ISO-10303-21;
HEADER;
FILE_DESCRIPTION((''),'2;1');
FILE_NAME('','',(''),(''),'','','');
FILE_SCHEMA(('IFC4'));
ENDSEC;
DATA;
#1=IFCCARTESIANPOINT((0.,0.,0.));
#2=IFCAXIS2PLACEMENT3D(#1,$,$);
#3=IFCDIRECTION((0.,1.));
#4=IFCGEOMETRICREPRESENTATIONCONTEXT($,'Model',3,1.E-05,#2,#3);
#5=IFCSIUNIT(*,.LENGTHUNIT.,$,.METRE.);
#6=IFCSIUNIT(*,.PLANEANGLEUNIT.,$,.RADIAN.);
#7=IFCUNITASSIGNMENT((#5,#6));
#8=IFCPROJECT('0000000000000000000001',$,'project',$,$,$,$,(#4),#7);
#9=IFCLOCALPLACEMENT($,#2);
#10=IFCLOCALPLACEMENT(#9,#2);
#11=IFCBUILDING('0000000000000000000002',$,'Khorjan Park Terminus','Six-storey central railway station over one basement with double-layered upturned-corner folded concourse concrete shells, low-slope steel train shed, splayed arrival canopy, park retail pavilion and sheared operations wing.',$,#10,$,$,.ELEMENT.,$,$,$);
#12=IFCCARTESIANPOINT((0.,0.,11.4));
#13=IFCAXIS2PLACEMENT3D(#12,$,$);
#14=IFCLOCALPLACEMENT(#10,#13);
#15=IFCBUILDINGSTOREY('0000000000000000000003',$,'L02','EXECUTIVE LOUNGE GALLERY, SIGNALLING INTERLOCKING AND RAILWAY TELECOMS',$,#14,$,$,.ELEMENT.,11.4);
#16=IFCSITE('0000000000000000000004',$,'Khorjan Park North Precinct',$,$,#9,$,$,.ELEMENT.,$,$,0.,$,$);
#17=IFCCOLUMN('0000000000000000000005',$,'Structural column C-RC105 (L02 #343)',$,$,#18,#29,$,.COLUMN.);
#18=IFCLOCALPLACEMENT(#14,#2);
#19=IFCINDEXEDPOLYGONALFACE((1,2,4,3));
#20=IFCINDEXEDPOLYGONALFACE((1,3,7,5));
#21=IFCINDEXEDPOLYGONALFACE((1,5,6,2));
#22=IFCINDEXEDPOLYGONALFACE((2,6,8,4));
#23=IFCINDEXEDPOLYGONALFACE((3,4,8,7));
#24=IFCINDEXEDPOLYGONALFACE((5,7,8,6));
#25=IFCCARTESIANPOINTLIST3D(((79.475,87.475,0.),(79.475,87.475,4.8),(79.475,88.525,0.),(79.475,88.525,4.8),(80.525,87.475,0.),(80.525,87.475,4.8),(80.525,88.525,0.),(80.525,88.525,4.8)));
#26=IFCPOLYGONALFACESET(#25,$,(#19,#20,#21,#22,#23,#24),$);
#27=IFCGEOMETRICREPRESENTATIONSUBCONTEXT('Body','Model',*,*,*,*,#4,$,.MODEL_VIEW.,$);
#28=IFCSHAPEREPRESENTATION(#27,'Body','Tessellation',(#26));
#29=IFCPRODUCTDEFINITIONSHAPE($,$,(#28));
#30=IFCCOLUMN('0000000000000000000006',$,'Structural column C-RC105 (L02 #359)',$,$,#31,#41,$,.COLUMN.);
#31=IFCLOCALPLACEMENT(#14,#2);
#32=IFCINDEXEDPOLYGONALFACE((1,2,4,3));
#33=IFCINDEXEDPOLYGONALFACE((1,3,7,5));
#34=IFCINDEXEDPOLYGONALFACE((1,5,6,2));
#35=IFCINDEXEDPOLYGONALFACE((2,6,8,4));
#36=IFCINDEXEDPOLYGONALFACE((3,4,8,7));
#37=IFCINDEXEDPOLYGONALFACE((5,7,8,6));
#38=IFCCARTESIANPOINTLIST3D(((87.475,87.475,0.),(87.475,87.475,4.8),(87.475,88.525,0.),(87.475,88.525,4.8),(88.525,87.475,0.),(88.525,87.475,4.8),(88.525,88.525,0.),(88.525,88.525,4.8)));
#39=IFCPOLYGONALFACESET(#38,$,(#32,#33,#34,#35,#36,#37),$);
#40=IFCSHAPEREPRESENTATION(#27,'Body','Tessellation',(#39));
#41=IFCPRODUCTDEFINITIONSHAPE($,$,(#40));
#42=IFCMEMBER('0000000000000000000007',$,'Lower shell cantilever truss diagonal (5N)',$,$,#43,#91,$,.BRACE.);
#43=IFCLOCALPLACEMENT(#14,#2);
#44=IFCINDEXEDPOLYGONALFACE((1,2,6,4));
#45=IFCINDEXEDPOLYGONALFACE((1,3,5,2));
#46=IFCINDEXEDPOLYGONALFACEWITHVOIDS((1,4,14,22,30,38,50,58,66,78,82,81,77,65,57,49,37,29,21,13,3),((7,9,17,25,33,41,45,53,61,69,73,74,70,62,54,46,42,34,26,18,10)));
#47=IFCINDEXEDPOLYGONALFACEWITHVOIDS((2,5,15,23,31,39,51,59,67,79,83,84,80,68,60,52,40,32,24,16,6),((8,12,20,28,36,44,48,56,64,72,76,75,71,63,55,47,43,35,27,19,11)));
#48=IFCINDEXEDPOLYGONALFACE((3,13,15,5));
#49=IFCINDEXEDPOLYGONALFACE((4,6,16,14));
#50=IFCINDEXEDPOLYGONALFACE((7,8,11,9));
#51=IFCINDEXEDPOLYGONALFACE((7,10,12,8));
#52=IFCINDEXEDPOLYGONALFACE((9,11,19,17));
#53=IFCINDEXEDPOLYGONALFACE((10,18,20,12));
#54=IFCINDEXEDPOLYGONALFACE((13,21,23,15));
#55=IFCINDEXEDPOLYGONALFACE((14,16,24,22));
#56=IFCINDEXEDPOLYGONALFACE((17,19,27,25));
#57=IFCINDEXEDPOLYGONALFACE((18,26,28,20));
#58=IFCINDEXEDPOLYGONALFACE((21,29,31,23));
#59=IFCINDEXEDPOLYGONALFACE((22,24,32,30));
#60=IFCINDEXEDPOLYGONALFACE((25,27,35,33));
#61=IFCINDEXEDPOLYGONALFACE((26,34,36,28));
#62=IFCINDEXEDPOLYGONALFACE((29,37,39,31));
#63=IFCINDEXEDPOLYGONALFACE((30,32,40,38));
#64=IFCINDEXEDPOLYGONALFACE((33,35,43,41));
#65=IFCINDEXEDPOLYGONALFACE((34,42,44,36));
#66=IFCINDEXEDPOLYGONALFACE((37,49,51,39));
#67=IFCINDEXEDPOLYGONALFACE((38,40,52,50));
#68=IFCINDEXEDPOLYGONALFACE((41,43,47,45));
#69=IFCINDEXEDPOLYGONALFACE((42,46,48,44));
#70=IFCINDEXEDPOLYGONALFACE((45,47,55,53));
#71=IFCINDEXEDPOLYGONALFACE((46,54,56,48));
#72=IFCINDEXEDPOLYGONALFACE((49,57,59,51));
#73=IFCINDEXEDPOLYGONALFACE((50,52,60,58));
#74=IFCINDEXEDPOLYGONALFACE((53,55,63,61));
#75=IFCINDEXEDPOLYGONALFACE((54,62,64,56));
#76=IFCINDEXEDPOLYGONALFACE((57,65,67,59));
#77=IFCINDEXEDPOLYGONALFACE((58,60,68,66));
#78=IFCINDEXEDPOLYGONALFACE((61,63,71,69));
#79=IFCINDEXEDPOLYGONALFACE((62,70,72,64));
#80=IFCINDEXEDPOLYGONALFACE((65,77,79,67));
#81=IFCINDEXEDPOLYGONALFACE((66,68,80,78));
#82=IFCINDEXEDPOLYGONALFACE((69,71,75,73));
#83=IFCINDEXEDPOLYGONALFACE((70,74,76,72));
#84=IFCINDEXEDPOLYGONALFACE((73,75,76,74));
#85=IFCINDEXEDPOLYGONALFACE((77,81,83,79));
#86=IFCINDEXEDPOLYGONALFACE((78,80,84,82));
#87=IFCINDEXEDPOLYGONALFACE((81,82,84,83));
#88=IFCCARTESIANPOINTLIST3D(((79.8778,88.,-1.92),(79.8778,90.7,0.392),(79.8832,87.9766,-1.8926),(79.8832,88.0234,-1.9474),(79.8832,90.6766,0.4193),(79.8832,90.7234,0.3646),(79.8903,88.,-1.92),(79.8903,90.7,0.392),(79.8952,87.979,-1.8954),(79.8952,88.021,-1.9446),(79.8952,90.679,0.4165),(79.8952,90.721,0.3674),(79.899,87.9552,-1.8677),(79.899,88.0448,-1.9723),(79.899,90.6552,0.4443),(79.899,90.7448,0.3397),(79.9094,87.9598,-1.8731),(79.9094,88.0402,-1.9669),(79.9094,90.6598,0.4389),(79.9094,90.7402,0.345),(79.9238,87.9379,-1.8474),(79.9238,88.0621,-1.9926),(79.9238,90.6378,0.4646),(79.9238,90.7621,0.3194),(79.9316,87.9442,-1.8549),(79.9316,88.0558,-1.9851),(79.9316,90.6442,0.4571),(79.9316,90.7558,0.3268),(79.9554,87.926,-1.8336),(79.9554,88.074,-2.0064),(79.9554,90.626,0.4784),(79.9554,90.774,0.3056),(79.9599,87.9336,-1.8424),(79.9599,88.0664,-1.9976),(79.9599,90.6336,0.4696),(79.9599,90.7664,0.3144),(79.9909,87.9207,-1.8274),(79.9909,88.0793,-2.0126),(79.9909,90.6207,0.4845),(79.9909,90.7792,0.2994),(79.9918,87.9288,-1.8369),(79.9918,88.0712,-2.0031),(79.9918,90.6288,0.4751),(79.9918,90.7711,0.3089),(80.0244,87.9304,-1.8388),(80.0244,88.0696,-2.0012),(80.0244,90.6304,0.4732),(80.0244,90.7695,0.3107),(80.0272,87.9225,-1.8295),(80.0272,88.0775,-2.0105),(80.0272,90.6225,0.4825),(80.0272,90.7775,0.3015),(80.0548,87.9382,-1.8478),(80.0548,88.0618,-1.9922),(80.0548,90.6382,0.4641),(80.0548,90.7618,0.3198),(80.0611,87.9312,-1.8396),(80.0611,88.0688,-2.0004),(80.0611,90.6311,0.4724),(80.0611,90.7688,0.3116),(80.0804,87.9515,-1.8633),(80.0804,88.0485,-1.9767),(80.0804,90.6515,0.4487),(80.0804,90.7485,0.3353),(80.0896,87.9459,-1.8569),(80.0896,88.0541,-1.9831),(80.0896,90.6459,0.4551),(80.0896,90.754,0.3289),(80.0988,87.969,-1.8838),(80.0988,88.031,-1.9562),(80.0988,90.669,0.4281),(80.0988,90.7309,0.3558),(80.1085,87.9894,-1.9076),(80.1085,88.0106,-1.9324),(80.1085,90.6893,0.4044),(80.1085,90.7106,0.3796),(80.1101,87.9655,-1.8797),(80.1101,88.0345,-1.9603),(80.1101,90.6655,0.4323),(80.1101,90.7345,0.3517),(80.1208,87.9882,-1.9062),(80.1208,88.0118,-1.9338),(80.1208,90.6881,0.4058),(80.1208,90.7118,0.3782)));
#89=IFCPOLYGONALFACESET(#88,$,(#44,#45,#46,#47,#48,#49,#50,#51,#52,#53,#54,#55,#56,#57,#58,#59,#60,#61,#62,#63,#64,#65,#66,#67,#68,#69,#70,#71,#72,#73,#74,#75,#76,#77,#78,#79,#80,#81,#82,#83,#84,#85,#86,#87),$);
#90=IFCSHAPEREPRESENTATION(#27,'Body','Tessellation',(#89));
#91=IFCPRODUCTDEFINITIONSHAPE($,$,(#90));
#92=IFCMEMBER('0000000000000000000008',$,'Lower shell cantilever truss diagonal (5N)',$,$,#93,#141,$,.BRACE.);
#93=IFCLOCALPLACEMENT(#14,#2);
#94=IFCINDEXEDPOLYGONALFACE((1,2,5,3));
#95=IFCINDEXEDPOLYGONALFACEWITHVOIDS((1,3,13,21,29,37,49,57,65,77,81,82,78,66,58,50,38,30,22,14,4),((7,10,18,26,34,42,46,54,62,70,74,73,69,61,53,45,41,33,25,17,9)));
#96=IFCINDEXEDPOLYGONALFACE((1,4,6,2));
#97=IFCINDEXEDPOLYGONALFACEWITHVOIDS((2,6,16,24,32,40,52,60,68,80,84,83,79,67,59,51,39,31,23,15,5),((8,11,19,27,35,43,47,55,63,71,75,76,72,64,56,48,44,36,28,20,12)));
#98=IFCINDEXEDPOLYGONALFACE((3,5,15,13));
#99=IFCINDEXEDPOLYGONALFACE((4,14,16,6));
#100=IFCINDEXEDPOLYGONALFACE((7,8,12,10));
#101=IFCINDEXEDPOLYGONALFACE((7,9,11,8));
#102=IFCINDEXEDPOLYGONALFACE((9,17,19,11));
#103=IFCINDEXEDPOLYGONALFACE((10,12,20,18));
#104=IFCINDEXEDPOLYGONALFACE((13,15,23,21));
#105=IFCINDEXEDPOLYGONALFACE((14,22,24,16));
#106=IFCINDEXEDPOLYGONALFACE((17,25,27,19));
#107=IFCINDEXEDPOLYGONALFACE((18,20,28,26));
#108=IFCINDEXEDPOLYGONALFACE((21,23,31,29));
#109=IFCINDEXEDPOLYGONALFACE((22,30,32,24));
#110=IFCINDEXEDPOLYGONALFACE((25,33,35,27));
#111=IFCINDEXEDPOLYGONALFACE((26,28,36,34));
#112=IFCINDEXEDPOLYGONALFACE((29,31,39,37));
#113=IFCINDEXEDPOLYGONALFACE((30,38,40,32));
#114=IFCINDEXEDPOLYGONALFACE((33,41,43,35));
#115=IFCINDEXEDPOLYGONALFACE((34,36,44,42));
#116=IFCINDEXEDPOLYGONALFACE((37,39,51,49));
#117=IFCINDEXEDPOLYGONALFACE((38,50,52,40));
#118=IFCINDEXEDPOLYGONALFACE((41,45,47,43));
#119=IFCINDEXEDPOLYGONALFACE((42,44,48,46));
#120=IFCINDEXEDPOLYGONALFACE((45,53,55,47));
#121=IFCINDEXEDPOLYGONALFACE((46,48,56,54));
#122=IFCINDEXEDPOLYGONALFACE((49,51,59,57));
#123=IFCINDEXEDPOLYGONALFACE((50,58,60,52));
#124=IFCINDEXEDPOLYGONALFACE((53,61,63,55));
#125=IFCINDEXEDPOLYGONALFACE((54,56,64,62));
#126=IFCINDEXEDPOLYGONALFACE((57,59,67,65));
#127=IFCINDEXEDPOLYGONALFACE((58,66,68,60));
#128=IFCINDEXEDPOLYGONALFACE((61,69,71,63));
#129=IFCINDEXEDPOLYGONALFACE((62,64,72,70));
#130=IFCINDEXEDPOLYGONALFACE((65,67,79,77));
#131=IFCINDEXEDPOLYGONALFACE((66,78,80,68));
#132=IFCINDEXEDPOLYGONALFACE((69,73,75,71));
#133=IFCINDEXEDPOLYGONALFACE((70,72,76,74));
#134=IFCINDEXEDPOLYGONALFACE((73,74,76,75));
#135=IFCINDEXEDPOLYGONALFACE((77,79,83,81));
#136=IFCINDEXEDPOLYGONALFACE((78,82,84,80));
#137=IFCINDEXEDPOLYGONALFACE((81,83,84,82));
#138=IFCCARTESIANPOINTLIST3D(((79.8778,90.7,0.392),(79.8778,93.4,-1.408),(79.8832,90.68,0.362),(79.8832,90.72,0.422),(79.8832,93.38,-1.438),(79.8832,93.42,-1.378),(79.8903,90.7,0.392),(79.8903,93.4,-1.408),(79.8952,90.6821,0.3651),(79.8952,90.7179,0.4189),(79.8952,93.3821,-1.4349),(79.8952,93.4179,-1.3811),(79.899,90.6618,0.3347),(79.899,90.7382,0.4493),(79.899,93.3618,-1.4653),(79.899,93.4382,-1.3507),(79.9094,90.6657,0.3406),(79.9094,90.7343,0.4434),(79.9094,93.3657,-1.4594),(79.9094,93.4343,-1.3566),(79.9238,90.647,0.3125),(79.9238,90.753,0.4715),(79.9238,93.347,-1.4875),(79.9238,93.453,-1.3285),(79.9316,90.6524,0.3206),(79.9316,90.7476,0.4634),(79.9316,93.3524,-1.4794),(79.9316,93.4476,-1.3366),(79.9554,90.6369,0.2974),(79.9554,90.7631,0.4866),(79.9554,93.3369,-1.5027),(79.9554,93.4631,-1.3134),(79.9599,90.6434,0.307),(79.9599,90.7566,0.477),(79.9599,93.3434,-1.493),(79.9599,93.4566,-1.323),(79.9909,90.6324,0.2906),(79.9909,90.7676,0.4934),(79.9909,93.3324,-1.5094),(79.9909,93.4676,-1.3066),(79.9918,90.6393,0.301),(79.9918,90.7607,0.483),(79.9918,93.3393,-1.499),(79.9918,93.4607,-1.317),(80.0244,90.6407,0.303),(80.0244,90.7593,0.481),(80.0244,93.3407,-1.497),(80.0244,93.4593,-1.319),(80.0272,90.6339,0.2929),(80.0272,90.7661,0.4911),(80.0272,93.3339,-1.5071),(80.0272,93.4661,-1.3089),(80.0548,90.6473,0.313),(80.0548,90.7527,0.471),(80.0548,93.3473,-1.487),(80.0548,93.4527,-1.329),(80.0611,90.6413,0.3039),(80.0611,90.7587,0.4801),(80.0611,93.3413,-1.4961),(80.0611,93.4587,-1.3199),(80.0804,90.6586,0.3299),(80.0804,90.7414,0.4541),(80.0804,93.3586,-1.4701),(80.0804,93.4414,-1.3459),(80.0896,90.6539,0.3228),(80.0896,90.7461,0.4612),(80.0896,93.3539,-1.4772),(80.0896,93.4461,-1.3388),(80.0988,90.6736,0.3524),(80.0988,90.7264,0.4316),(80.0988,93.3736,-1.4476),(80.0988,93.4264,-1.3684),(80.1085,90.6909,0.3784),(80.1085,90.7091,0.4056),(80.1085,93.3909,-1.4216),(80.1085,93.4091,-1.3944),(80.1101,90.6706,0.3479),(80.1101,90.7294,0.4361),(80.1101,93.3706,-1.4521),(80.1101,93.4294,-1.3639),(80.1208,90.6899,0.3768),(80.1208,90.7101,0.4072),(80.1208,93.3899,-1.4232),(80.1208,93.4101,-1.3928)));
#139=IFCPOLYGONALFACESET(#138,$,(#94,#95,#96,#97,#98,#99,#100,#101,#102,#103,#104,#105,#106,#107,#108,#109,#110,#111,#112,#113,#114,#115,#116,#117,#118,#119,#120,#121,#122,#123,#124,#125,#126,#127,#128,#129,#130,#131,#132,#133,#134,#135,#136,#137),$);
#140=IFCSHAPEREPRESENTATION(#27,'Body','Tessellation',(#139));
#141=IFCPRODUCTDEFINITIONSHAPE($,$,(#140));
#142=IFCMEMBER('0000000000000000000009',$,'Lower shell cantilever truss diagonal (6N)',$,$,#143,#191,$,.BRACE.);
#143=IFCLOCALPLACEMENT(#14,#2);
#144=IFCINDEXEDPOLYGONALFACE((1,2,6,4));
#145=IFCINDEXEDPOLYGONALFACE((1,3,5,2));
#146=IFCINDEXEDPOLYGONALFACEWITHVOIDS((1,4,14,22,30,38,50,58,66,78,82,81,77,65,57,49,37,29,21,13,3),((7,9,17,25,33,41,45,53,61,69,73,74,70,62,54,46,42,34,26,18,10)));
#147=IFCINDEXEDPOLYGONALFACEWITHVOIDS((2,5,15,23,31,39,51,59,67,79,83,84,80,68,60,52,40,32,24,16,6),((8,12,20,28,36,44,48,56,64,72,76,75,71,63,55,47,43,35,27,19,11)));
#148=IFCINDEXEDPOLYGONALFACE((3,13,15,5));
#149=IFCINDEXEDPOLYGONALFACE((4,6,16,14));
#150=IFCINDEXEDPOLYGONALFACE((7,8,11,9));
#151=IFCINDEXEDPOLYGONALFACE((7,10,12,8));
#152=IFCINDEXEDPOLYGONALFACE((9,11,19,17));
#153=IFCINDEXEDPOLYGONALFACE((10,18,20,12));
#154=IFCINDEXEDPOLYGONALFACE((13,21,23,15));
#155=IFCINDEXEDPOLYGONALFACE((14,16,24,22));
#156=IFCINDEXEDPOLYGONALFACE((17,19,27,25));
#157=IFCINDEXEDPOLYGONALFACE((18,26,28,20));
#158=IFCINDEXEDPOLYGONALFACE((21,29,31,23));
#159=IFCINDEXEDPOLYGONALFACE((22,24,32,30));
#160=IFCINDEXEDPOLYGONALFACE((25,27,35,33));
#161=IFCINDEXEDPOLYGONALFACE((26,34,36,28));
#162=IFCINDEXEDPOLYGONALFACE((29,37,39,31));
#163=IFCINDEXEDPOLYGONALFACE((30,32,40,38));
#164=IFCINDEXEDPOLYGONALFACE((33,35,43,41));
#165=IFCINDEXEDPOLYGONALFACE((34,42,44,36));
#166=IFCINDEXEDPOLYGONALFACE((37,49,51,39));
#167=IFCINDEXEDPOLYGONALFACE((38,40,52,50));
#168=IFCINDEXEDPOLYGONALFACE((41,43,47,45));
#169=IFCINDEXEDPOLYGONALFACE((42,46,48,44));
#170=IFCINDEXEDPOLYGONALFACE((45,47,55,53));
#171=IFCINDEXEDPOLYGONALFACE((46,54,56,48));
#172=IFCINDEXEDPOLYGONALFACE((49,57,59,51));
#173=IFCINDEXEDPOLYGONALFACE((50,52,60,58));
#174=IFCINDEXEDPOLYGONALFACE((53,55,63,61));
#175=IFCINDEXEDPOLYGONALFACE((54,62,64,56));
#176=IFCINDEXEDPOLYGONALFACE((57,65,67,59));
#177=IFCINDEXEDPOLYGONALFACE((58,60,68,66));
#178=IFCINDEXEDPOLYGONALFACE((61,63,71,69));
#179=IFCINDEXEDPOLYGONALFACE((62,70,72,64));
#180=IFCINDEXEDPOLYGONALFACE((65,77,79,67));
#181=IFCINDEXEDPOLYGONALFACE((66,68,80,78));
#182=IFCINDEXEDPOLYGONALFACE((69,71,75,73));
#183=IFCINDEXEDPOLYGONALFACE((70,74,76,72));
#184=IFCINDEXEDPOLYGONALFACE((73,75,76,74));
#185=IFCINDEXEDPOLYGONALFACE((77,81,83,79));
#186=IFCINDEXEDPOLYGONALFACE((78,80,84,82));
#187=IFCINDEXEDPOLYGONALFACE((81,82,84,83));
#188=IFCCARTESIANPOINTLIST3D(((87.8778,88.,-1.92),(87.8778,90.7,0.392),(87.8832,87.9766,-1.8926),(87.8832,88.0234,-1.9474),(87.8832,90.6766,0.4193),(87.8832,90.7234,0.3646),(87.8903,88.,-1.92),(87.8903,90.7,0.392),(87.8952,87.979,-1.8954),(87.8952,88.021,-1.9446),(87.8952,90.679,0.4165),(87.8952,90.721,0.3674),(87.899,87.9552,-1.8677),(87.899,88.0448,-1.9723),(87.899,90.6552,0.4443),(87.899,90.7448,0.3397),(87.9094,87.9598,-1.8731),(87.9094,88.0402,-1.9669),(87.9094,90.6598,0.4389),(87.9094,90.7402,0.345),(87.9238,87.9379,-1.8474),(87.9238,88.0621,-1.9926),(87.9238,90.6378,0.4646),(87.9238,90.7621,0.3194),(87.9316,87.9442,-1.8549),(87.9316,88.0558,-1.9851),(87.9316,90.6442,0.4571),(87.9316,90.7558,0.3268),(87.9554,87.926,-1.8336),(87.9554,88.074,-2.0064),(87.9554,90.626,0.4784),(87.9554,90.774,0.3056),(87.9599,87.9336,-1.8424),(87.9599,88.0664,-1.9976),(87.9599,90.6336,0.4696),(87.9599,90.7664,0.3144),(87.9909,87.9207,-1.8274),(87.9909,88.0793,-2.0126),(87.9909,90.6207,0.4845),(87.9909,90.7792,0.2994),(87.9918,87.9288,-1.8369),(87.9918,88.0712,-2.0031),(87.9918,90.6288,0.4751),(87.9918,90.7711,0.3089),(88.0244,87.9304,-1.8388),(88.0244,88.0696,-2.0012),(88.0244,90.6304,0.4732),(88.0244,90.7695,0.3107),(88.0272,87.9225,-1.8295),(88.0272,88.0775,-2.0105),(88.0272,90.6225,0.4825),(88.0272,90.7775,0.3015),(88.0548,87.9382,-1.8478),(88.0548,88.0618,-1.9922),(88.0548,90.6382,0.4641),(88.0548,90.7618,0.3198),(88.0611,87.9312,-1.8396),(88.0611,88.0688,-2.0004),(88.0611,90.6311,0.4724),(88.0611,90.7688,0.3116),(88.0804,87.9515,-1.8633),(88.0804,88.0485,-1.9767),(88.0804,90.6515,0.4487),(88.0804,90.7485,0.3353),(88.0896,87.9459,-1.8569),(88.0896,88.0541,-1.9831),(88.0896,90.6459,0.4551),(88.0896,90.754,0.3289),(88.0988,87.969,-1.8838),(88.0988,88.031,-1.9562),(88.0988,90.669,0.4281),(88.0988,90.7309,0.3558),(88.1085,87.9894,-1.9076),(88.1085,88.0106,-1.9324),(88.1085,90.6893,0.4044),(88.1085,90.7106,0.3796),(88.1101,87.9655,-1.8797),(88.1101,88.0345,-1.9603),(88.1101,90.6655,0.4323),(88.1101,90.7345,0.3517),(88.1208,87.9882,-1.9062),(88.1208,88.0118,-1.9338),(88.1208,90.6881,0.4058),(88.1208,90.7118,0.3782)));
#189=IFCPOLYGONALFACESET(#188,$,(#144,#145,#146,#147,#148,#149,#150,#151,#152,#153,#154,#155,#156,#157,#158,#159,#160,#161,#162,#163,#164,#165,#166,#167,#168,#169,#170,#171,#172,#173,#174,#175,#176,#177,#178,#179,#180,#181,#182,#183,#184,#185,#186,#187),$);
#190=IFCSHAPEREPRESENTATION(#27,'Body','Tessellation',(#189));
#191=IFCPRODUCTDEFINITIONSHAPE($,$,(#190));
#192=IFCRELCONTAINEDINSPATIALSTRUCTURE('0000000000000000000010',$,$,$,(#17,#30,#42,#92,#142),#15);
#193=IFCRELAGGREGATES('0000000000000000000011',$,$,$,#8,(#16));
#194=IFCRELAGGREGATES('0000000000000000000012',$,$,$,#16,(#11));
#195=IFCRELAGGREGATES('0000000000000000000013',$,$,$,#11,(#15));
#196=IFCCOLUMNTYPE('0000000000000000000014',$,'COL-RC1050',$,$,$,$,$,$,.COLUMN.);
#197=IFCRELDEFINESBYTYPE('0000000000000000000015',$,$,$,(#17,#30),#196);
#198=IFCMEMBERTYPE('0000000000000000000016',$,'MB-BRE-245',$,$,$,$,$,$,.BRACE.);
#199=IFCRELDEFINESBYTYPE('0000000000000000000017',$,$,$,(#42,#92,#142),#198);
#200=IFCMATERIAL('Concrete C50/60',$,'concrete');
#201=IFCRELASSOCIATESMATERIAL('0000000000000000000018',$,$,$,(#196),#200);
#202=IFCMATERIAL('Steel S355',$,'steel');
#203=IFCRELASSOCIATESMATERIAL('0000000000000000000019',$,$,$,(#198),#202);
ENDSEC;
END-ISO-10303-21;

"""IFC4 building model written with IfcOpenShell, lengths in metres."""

from ifc_helpers import new_model, si_unit, direction, frame, origin, origin_2d, place, context, subcontext, project, spatial, rectangle, hollow_circle, extrude, material, material_profile, profile_set, type_object, element, save


model = new_model("IFC4")

# Units and contexts
model_context = context("Model", 3, precision=1e-05, world=origin(), true_north=direction((0.0, 1.0)))
body_context = subcontext(model_context, "Body", "Model", "MODEL_VIEW")
ifc_project = project(units=[si_unit("LENGTHUNIT", "METRE"), si_unit("PLANEANGLEUNIT", "RADIAN")], contexts=[model_context])

# Site, building, storey
site_placement = place(None, origin())
site = spatial("IfcSite", under=ifc_project, at=site_placement, Name="Khorjan Park North Precinct", CompositionType="ELEMENT", RefElevation=0.0)
building_placement = place(site_placement, origin())
building = spatial("IfcBuilding", under=site, at=building_placement, Name="Khorjan Park Terminus", Description="Six-storey central railway station over one basement with double-layered upturned-corner folded concourse concrete shells, low-slope steel train shed, splayed arrival canopy, park retail pavilion and sheared operations wing.", CompositionType="ELEMENT")
storey_placement = place(building_placement, frame((0.0, 0.0, 11.4)))
storey = spatial("IfcBuildingStorey", under=building, at=storey_placement, Name="L02", Description="EXECUTIVE LOUNGE GALLERY, SIGNALLING INTERLOCKING AND RAILWAY TELECOMS", CompositionType="ELEMENT", Elevation=11.4)

# Columns
ifc_material_1 = material(Name="Concrete C50/60", Category="concrete")
ifc_material_profile_1 = material_profile(ifc_material_1, rectangle(XDim=1.05, YDim=1.05, at=origin_2d()), Name="RC 1050x1050")
ifc_profile_set_1 = profile_set([ifc_material_profile_1], Name="Concrete C50/60")
column_type = type_object("IfcColumnType", Name="COL-RC1050", PredefinedType="COLUMN", material=ifc_profile_set_1)
for number, where, z_axis, x_axis, name in (
    (1, (80.0, 88.0, 0.0), (0.0, 0.0, 1.0), (1.0, 0.0, 0.0), "Structural column C-RC105 (L02 #343)"),
    (2, (88.0, 88.0, 0.0), (0.0, 0.0, 1.0), (1.0, 0.0, 0.0), "Structural column C-RC105 (L02 #359)"),
):
    element("IfcColumn", number, at=place(storey_placement, frame(where, z_axis=z_axis, x_axis=x_axis)), inside=storey, type_object=column_type, Name=name, PredefinedType="COLUMN", context=body_context, shape_type="SweptSolid", body=[
        extrude(rectangle(XDim=1.05, YDim=1.05, at=origin_2d()), origin(), (0.0, 0.0, 1.0), 4.8),
    ])

# Members
ifc_material_2 = material(Name="Steel S355", Category="steel")
ifc_material_profile_2 = material_profile(ifc_material_2, hollow_circle(Radius=0.1222, WallThickness=0.0125, at=origin_2d()), Name="CHS 244.5x12.5")
ifc_profile_set_2 = profile_set([ifc_material_profile_2], Name="Steel S355")
member_type_1 = type_object("IfcMemberType", Name="MB-BRE-245", PredefinedType="BRACE", material=ifc_profile_set_2)
member_1_placement = place(storey_placement, frame((80.0, 88.0, -1.92), z_axis=(0.0, 0.759574, 0.650421), x_axis=(-1.0, 0.0, 0.0)))
element("IfcMember", 3, at=member_1_placement, inside=storey, type_object=member_type_1, Name="Lower shell cantilever truss diagonal (5N)", PredefinedType="BRACE", context=body_context, shape_type="SweptSolid", body=[
    extrude(hollow_circle(Radius=0.1222, WallThickness=0.0125, at=origin_2d()), origin(), (0.0, 0.0, 1.0), 3.5546),
])
member_2_placement = place(storey_placement, frame((80.0, 90.7, 0.392), z_axis=(0.0, 0.83205, -0.5547), x_axis=(-1.0, 0.0, 0.0)))
element("IfcMember", 4, at=member_2_placement, inside=storey, type_object=member_type_1, Name="Lower shell cantilever truss diagonal (5N)", PredefinedType="BRACE", context=body_context, shape_type="SweptSolid", body=[
    extrude(hollow_circle(Radius=0.1222, WallThickness=0.0125, at=origin_2d()), origin(), (0.0, 0.0, 1.0), 3.245),
])
member_3_placement = place(storey_placement, frame((88.0, 88.0, -1.92), z_axis=(0.0, 0.759574, 0.650421), x_axis=(-1.0, 0.0, 0.0)))
element("IfcMember", 5, at=member_3_placement, inside=storey, type_object=member_type_1, Name="Lower shell cantilever truss diagonal (6N)", PredefinedType="BRACE", context=body_context, shape_type="SweptSolid", body=[
    extrude(hollow_circle(Radius=0.1222, WallThickness=0.0125, at=origin_2d()), origin(), (0.0, 0.0, 1.0), 3.5546),
])

save(model, "model.ifc")
